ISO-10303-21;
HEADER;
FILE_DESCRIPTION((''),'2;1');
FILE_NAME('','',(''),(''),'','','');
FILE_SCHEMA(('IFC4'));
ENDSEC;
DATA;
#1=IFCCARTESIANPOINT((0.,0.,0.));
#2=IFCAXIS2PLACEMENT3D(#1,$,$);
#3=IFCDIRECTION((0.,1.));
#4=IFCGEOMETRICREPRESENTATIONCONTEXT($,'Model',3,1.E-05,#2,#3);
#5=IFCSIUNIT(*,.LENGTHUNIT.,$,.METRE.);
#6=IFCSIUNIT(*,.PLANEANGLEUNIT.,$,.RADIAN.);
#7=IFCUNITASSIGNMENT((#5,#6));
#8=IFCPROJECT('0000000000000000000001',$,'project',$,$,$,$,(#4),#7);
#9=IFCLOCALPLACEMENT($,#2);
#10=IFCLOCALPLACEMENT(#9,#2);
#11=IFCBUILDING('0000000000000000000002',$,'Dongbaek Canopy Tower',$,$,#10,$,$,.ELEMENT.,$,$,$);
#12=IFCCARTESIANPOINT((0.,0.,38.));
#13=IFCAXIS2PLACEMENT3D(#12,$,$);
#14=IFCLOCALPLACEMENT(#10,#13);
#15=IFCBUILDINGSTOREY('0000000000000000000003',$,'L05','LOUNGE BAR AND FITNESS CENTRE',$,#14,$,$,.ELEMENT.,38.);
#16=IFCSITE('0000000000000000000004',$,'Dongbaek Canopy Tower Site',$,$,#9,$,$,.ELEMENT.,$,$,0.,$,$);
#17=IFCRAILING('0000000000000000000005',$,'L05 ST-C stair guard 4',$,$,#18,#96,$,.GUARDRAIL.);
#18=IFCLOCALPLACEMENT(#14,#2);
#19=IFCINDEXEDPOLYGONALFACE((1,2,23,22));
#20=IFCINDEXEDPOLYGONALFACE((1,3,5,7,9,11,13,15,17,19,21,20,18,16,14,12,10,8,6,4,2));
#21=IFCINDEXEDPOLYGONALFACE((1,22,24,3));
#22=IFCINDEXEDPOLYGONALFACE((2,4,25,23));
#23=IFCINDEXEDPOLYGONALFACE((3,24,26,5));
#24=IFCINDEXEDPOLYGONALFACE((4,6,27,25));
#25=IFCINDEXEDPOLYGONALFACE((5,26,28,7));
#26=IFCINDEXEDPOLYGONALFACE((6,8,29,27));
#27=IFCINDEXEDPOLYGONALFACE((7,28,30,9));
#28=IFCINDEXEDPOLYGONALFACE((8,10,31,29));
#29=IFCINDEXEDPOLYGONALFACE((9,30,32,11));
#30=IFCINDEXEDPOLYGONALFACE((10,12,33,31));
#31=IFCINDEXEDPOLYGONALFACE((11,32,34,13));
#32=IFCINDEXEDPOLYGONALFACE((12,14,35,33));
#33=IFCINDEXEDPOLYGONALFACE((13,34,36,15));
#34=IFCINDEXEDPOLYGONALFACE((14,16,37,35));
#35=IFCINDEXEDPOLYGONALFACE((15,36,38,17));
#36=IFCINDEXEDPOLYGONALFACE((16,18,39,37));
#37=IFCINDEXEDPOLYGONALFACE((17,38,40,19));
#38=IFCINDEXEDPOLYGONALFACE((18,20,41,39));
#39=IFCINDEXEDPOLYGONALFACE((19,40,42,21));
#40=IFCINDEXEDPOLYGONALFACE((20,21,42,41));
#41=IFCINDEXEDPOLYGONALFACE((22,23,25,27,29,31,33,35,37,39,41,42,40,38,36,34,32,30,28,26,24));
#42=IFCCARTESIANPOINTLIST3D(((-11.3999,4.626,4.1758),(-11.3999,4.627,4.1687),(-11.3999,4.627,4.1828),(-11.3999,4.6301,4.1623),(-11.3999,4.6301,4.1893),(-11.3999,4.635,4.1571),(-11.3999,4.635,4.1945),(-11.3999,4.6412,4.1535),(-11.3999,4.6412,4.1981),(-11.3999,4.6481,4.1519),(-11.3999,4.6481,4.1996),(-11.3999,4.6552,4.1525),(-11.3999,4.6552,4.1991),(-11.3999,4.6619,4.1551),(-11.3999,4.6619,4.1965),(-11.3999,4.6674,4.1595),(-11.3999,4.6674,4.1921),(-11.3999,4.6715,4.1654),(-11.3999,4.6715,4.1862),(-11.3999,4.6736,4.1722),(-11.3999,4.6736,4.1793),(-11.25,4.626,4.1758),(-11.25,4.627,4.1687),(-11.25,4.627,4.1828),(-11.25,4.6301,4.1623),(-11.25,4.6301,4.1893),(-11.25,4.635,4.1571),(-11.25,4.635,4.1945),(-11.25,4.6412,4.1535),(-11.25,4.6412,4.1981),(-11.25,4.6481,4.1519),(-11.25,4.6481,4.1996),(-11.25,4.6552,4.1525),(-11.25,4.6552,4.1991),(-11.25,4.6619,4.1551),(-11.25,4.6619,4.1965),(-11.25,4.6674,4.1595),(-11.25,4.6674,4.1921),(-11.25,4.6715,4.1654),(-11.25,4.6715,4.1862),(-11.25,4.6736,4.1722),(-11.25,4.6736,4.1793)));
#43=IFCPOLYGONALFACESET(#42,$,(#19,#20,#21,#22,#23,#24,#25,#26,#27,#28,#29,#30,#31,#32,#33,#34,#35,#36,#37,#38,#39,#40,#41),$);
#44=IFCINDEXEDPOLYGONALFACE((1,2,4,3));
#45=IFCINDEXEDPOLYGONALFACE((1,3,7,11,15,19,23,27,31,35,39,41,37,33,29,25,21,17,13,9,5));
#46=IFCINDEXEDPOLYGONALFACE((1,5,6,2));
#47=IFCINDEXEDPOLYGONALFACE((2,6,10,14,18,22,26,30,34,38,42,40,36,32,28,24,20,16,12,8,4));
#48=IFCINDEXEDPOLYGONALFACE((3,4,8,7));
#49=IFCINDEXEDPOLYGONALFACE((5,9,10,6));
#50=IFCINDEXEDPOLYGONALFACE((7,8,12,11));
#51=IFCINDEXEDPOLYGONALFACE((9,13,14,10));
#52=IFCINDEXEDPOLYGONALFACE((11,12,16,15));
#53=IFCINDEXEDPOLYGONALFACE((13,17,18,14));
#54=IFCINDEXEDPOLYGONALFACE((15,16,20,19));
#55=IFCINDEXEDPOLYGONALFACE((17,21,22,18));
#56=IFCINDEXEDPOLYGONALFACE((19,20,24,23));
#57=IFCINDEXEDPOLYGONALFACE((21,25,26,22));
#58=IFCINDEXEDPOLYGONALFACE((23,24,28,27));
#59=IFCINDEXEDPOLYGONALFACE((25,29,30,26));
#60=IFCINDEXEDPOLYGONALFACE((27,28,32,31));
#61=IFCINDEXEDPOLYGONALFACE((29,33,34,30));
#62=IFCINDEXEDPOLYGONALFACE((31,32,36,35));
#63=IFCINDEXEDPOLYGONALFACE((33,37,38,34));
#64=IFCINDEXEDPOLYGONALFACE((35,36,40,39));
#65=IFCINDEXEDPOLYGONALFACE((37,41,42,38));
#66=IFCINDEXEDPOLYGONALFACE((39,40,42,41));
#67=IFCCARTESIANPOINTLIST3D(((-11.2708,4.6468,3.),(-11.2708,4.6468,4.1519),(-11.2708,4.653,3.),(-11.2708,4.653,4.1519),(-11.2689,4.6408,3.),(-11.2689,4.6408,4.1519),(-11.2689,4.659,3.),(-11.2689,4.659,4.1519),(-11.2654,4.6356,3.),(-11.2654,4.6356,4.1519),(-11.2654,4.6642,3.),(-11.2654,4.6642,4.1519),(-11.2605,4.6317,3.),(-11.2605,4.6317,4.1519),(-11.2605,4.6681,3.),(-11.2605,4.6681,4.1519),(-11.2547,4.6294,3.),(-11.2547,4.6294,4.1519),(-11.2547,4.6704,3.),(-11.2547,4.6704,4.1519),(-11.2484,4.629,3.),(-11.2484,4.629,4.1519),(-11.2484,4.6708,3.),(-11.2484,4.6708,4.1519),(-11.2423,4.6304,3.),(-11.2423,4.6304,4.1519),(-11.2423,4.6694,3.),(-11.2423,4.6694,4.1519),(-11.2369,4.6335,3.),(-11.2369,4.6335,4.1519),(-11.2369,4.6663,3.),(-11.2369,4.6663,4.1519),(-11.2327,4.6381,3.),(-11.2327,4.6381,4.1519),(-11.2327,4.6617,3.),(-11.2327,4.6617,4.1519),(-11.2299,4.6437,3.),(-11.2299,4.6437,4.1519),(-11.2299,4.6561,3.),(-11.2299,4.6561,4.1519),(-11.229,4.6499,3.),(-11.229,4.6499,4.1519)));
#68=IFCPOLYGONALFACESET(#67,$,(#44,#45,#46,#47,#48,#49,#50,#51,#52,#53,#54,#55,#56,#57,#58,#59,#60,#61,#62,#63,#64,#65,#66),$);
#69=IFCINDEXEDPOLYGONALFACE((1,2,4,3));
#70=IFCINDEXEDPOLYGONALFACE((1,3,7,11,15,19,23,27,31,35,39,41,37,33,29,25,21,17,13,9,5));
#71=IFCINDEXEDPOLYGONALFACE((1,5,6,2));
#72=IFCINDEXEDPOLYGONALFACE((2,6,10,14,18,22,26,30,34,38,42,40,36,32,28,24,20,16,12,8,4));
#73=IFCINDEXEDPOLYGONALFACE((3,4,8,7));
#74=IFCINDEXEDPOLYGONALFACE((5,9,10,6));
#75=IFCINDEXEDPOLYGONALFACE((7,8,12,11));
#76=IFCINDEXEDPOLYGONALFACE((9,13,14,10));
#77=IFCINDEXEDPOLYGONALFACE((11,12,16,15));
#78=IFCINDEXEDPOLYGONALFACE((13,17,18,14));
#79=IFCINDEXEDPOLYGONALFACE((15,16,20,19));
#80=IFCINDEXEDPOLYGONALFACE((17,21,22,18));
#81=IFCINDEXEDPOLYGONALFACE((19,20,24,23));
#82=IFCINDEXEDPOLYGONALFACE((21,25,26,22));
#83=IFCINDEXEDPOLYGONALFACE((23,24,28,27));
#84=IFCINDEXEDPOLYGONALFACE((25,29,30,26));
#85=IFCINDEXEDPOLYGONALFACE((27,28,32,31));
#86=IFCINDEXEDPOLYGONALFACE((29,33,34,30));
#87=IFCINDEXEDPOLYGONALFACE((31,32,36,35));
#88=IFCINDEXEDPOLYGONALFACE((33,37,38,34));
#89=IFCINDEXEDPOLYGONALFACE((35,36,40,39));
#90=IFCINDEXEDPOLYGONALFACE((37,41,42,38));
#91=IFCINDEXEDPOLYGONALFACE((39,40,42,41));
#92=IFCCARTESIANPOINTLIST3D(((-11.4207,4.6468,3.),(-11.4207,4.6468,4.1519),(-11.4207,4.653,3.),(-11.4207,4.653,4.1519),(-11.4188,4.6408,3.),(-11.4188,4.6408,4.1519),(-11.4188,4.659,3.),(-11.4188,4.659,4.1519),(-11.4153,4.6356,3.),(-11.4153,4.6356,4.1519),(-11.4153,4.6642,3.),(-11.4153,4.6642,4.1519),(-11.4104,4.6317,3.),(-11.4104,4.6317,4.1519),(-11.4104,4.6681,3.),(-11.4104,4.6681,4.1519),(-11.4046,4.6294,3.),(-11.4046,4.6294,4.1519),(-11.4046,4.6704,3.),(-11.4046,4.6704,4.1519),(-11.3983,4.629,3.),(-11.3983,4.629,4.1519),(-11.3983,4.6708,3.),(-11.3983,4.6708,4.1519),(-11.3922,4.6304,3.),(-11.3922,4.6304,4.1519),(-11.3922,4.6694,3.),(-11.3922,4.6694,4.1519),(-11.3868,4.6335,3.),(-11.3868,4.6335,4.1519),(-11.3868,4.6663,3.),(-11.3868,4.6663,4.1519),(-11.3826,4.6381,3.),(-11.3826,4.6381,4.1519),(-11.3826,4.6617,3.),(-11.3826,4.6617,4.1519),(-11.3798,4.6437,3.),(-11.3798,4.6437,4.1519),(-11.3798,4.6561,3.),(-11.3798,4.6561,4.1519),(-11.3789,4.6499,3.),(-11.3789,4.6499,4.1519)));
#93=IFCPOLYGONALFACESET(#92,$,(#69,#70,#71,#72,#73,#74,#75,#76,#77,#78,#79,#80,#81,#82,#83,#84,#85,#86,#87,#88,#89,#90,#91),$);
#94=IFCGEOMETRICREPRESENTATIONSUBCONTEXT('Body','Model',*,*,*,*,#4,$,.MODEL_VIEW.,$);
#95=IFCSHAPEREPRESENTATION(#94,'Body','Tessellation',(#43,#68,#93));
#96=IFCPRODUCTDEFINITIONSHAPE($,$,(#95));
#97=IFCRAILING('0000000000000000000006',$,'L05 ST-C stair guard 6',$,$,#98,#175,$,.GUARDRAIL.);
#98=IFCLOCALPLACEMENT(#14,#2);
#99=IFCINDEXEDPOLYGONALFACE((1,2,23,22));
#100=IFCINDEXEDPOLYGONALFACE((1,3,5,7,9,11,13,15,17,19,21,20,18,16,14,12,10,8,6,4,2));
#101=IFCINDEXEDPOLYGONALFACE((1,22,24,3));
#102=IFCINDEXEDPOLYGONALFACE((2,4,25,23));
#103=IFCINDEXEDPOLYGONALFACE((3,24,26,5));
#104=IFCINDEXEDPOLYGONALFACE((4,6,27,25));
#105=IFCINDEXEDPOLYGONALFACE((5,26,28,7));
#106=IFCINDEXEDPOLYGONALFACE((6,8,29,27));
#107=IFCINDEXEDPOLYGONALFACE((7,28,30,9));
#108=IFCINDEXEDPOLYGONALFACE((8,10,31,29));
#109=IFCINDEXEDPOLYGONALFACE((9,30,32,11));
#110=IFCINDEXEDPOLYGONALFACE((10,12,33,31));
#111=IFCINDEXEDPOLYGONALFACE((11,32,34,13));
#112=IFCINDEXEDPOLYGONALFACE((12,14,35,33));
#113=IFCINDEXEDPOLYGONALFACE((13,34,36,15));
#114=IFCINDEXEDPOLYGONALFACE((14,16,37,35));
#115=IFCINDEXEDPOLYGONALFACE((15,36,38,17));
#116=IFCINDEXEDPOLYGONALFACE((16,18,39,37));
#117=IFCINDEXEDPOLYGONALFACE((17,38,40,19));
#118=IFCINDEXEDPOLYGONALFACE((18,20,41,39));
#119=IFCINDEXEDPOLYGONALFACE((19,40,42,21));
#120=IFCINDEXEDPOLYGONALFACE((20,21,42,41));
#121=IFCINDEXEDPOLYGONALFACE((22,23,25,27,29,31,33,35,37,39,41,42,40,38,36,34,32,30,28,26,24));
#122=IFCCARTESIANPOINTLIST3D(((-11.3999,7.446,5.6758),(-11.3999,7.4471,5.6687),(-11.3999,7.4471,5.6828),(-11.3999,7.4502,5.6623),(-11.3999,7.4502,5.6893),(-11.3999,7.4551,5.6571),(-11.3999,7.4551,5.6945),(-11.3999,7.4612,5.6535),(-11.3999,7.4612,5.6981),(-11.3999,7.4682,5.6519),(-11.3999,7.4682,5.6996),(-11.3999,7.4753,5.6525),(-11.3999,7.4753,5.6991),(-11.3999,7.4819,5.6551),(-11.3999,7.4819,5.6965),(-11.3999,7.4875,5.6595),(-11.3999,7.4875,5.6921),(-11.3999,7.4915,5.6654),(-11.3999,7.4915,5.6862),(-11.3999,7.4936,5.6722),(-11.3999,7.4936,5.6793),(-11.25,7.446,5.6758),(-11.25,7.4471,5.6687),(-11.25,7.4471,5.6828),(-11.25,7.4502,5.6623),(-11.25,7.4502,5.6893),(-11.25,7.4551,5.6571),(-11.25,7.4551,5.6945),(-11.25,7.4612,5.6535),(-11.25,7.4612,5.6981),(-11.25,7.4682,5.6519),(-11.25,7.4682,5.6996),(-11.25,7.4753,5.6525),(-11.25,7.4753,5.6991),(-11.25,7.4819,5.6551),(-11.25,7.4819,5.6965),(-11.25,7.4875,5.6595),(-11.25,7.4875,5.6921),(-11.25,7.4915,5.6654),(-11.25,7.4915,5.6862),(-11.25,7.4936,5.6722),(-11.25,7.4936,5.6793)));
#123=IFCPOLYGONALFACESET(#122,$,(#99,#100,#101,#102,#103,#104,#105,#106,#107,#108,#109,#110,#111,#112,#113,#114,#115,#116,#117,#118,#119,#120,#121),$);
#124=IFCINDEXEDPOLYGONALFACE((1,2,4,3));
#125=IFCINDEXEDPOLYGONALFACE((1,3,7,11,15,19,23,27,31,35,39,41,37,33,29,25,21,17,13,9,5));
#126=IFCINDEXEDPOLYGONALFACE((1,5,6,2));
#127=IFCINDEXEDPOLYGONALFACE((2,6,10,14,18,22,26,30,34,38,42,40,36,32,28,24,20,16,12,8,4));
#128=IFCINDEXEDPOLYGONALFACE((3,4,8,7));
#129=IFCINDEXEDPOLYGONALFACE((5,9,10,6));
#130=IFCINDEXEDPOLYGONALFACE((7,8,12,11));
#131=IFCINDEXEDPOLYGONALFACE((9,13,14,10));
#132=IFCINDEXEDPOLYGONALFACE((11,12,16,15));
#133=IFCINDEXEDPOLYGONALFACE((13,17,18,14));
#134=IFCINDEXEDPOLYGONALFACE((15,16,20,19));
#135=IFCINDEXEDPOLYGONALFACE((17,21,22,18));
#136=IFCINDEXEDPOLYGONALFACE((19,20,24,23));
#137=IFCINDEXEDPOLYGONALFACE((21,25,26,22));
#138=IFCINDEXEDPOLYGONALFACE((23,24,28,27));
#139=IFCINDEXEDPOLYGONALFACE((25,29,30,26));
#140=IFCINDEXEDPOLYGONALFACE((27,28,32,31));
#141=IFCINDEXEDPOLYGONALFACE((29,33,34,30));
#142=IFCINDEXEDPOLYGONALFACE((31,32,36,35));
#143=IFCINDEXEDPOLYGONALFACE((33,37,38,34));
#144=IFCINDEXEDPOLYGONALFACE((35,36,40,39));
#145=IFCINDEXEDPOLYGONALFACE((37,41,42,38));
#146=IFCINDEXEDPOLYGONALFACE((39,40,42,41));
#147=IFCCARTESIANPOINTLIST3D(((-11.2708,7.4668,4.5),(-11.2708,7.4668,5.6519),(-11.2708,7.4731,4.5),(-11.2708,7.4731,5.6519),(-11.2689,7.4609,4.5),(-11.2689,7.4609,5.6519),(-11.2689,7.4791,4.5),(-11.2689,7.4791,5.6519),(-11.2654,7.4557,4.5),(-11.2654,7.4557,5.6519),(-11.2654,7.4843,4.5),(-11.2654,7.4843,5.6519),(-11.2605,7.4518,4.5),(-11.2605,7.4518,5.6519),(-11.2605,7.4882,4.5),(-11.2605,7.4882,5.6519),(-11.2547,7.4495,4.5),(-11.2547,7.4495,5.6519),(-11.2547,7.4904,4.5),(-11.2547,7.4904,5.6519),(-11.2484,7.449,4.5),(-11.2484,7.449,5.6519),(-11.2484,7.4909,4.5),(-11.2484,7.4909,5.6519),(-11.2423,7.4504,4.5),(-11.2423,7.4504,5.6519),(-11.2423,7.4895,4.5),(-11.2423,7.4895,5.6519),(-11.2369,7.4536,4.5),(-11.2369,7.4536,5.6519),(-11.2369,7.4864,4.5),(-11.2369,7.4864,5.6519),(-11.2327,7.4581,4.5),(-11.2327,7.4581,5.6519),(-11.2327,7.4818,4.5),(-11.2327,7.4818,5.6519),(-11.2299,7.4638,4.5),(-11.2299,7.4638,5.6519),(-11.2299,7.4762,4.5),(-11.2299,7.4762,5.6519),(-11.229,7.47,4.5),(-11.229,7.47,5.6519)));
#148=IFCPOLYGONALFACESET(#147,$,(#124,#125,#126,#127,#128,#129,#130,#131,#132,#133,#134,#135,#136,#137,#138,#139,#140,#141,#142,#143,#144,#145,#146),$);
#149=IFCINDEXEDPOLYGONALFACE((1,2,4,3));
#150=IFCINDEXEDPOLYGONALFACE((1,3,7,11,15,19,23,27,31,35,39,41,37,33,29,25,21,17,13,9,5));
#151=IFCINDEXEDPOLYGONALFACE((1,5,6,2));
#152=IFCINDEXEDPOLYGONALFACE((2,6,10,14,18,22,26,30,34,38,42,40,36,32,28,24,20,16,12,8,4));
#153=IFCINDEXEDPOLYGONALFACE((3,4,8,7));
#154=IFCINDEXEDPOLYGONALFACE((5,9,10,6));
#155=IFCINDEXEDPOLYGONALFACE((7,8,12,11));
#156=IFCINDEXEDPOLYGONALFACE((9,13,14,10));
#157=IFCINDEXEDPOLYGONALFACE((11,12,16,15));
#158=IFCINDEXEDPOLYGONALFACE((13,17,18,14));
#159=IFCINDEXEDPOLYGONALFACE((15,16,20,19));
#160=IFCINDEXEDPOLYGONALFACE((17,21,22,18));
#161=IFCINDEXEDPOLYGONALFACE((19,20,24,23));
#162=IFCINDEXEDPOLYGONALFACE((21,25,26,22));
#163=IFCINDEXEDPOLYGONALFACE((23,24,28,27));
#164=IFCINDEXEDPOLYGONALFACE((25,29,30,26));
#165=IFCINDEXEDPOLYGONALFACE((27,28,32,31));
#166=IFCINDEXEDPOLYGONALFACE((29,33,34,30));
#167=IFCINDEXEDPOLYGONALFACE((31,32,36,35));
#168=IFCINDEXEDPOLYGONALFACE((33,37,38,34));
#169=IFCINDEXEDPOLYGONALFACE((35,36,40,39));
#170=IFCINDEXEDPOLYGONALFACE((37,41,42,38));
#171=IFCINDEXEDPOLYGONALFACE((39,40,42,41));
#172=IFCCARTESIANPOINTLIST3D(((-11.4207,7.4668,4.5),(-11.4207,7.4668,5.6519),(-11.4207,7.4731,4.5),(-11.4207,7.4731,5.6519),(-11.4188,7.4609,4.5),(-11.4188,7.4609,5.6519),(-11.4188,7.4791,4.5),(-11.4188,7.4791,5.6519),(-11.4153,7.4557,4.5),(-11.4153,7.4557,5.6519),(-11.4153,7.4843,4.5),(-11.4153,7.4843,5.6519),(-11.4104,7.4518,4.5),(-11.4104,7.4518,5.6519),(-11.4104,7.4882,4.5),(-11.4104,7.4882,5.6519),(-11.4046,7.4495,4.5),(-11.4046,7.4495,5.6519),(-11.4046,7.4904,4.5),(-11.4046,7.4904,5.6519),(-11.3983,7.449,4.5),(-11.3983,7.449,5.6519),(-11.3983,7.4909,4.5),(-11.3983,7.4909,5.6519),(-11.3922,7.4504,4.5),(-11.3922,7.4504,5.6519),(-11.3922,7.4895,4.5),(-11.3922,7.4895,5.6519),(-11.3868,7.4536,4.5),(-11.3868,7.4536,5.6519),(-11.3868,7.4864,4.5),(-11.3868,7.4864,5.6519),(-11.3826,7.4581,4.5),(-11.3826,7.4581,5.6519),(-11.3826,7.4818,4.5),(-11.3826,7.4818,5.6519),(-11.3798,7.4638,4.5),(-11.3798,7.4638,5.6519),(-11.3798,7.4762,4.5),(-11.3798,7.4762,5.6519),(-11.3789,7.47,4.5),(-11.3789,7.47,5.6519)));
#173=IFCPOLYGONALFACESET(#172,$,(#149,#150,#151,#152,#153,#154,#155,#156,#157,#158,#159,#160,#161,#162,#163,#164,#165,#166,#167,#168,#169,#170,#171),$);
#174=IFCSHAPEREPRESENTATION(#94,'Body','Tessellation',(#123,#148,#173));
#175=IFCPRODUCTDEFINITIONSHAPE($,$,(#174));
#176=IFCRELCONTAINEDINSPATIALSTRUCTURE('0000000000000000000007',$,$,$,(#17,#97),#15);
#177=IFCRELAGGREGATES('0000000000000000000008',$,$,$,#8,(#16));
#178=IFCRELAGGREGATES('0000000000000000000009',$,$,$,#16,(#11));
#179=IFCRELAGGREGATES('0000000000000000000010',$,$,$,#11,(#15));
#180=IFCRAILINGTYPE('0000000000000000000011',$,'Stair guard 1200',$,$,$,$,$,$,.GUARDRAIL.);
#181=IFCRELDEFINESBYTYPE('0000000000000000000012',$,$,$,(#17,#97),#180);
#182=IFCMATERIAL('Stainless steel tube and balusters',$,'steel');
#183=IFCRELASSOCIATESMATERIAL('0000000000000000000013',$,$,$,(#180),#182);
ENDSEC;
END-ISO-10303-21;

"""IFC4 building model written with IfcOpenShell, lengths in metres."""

from ifc_helpers import new_model, si_unit, direction, frame, origin, origin_2d, place, context, subcontext, project, spatial, circle, extrude, material, type_object, element, save


model = new_model("IFC4")

# Units and contexts
model_context = context("Model", 3, precision=1e-05, world=origin(), true_north=direction((0.0, 1.0)))
body_context = subcontext(model_context, "Body", "Model", "MODEL_VIEW")
ifc_project = project(units=[si_unit("LENGTHUNIT", "METRE"), si_unit("PLANEANGLEUNIT", "RADIAN")], contexts=[model_context])

# Site, building, storey
site_placement = place(None, origin())
site = spatial("IfcSite", under=ifc_project, at=site_placement, Name="Dongbaek Canopy Tower Site", CompositionType="ELEMENT", RefElevation=0.0)
building_placement = place(site_placement, origin())
building = spatial("IfcBuilding", under=site, at=building_placement, Name="Dongbaek Canopy Tower", CompositionType="ELEMENT")
storey_placement = place(building_placement, frame((0.0, 0.0, 38.0)))
storey = spatial("IfcBuildingStorey", under=building, at=storey_placement, Name="L05", Description="LOUNGE BAR AND FITNESS CENTRE", CompositionType="ELEMENT", Elevation=38.0)

# Railings
ifc_material_1 = material(Name="Stainless steel tube and balusters", Category="steel")
railing_type_1 = type_object("IfcRailingType", Name="Stair guard 1200", PredefinedType="GUARDRAIL", material=ifc_material_1)
for number, where, name in (
    (1, (-11.25, 4.6499, 3.0), "L05 ST-C stair guard 4"),
    (2, (-11.25, 7.47, 4.5), "L05 ST-C stair guard 6"),
):
    element("IfcRailing", number, at=place(storey_placement, frame(where)), inside=storey, type_object=railing_type_1, Name=name, PredefinedType="GUARDRAIL", context=body_context, shape_type="SweptSolid", body=[
        extrude(circle(Radius=0.0239, at=origin_2d()), frame((0.0, 0.0, 1.1758), z_axis=(-1.0, 0.0, 0.0), x_axis=(0.0, -1.0, 0.0)), (0.0, 0.0, 1.0), 0.1499),
        extrude(circle(Radius=0.021, at=origin_2d()), origin(), (0.0, 0.0, 1.0), 1.1519),
        extrude(circle(Radius=0.021, at=origin_2d()), frame((-0.1499, 0.0, 0.0)), (0.0, 0.0, 1.0), 1.1519),
    ])

save(model, "model.ifc")
